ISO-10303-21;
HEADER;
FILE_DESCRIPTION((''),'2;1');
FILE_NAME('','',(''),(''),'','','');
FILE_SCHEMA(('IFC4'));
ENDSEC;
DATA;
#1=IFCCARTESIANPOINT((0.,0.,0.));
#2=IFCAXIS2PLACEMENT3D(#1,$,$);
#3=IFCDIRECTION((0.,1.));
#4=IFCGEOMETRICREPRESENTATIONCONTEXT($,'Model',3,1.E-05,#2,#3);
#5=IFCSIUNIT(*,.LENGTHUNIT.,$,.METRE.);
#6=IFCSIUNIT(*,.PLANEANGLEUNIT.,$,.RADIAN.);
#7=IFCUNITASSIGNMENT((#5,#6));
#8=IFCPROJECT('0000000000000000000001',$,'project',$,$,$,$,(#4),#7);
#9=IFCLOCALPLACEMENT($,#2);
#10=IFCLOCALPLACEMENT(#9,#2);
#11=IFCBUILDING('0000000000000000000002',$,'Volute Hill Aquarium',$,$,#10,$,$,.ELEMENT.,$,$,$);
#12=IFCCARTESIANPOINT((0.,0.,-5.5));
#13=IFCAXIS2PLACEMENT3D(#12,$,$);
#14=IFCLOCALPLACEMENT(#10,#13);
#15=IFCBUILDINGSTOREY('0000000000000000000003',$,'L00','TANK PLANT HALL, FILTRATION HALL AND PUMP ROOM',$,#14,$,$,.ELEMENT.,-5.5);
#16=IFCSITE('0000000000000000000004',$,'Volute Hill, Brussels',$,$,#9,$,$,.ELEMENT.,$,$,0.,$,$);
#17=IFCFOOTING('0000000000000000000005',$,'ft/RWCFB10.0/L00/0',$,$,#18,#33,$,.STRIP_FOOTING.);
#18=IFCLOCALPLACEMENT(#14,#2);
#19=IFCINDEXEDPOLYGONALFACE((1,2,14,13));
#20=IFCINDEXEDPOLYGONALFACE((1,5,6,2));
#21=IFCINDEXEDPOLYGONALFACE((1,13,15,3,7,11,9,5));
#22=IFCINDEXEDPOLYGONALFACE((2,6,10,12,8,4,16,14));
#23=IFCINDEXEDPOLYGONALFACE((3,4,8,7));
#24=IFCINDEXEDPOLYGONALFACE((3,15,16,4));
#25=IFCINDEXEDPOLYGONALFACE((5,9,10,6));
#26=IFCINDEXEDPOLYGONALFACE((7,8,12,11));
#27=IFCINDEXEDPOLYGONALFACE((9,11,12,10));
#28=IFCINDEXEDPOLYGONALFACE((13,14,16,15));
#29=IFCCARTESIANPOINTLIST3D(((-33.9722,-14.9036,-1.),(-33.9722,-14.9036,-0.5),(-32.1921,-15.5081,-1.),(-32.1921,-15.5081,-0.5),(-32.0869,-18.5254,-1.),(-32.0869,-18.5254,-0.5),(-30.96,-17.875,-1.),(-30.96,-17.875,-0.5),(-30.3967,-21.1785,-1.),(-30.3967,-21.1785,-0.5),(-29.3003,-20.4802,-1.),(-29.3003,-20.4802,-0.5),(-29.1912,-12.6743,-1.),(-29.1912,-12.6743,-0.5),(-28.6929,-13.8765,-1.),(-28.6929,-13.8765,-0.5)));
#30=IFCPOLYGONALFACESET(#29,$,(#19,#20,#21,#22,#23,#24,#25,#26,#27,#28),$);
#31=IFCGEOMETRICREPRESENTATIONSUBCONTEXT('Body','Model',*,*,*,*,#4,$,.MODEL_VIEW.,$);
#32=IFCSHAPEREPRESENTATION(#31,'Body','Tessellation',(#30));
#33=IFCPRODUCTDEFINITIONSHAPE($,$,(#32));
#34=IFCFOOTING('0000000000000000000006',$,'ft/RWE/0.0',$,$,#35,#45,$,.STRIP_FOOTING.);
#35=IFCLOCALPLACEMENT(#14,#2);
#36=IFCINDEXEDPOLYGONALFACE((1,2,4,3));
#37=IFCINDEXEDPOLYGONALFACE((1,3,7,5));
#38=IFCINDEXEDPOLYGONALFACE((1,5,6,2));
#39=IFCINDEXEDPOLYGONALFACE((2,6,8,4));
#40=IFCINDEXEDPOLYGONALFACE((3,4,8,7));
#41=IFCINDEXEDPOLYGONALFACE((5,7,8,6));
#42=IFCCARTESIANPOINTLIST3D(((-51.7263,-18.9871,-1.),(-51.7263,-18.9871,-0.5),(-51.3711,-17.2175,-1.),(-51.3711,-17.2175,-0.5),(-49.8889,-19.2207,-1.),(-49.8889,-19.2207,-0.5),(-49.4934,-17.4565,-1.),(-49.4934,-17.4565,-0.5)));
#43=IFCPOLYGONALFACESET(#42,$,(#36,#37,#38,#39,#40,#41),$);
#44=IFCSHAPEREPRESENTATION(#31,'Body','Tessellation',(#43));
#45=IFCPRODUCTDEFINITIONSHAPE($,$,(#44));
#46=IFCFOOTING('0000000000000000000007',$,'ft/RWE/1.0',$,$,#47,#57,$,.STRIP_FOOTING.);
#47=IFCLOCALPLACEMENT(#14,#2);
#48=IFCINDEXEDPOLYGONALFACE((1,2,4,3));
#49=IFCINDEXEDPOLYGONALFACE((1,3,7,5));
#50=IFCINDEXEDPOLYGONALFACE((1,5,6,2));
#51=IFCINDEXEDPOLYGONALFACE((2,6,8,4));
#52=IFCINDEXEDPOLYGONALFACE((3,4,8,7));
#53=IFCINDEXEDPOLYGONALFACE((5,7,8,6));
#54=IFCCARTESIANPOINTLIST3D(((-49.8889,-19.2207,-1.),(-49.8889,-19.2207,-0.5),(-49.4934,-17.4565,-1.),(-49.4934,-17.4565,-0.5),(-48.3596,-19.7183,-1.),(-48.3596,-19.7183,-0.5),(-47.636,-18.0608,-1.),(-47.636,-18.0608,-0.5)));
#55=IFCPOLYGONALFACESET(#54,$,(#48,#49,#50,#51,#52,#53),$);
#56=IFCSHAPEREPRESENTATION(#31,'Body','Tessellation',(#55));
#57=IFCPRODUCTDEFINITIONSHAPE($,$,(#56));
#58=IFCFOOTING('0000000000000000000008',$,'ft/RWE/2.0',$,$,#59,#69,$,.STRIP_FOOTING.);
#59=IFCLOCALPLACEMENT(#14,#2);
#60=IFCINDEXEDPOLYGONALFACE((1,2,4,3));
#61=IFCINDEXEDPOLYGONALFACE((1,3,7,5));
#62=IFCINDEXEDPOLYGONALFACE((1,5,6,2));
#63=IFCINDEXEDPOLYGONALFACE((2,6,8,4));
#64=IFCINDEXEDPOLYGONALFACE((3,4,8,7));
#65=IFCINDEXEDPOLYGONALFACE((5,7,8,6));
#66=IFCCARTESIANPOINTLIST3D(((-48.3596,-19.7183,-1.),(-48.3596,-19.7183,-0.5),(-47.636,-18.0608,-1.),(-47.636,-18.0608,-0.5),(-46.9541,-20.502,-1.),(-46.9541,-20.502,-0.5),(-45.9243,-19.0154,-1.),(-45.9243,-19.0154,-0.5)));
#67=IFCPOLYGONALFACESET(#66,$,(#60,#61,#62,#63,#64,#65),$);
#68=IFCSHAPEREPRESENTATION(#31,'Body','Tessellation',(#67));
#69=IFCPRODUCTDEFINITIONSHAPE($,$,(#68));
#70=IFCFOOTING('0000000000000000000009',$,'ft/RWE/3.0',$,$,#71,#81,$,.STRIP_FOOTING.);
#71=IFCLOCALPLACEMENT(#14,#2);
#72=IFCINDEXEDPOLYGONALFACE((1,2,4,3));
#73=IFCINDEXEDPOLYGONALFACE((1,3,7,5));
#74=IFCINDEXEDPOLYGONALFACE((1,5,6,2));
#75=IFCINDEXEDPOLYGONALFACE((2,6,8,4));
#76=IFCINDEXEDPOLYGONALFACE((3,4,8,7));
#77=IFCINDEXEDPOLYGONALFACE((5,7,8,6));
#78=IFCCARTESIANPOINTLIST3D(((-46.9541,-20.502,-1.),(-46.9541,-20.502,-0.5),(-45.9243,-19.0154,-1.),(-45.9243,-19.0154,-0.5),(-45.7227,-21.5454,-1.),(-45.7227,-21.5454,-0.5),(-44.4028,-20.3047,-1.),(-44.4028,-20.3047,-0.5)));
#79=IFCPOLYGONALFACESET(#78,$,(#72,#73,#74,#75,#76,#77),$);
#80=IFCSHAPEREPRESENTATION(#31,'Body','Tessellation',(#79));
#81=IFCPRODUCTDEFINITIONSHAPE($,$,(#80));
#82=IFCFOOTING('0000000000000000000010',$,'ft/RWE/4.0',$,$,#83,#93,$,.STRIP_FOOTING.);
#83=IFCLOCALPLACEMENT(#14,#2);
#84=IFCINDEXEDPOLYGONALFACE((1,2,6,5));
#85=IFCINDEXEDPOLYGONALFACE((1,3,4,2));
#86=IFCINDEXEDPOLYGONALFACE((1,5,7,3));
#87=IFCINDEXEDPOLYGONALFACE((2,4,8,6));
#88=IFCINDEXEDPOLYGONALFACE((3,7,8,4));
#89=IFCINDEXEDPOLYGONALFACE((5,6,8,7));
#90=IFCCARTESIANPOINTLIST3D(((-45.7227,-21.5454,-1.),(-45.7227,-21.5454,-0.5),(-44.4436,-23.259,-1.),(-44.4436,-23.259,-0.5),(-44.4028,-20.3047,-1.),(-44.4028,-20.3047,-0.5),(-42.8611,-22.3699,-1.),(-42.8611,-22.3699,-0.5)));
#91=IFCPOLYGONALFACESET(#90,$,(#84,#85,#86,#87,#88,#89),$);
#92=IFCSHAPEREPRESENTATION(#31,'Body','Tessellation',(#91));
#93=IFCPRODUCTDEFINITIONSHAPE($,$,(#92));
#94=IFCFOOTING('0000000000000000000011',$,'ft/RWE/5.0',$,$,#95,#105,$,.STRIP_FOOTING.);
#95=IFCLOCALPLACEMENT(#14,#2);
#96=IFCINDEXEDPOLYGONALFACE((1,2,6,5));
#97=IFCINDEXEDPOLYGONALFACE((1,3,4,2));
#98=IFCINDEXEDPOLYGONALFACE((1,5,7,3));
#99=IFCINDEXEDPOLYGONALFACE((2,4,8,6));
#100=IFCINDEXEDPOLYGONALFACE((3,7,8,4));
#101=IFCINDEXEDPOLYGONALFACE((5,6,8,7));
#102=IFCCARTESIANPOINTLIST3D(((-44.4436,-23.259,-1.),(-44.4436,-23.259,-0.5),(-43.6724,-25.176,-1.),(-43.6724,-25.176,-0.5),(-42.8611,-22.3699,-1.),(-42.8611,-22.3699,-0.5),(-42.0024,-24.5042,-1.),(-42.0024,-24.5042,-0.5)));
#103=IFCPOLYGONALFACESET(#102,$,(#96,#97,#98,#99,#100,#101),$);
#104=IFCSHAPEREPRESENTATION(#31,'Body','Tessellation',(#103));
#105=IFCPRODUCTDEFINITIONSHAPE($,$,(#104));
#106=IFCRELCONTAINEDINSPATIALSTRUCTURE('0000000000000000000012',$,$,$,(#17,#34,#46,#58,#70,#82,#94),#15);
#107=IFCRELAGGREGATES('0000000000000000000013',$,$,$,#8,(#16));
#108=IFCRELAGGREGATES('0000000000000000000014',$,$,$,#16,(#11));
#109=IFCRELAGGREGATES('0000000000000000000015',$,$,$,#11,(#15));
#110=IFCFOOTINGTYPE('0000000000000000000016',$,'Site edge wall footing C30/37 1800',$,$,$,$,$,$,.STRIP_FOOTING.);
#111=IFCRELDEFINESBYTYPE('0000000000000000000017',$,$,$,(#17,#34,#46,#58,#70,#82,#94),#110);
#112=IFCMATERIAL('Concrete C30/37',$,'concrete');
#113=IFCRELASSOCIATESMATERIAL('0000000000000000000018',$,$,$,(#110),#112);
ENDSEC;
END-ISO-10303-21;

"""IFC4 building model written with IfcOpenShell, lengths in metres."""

from ifc_helpers import new_model, si_unit, direction, frame, origin, place, context, subcontext, project, spatial, polyline, outline, extrude, material, type_object, element, save


model = new_model("IFC4")

# Units and contexts
model_context = context("Model", 3, precision=1e-05, world=origin(), true_north=direction((0.0, 1.0)))
body_context = subcontext(model_context, "Body", "Model", "MODEL_VIEW")
ifc_project = project(units=[si_unit("LENGTHUNIT", "METRE"), si_unit("PLANEANGLEUNIT", "RADIAN")], contexts=[model_context])

# Site, building, storey
site_placement = place(None, origin())
site = spatial("IfcSite", under=ifc_project, at=site_placement, Name="Volute Hill, Brussels", CompositionType="ELEMENT", RefElevation=0.0)
building_placement = place(site_placement, origin())
building = spatial("IfcBuilding", under=site, at=building_placement, Name="Volute Hill Aquarium", CompositionType="ELEMENT")
storey_placement = place(building_placement, frame((0.0, 0.0, -5.5)))
storey = spatial("IfcBuildingStorey", under=building, at=storey_placement, Name="L00", Description="TANK PLANT HALL, FILTRATION HALL AND PUMP ROOM", CompositionType="ELEMENT", Elevation=-5.5)

# Footings
ifc_material_1 = material(Name="Concrete C30/37", Category="concrete")
footing_type_1 = type_object("IfcFootingType", Name="Site edge wall footing C30/37 1800", PredefinedType="STRIP_FOOTING", material=ifc_material_1)
footing_1_placement = place(storey_placement, frame((0.0, 0.0, -1.0)))
element("IfcFooting", 1, at=footing_1_placement, inside=storey, type_object=footing_type_1, Name="ft/RWCFB10.0/L00/0", PredefinedType="STRIP_FOOTING", context=body_context, shape_type="SweptSolid", body=[
    extrude(outline(polyline([(-29.1912, -12.6743), (-33.9722, -14.9036), (-32.0869, -18.5254), (-30.3967, -21.1785), (-29.3003, -20.4802), (-30.96, -17.875), (-32.1921, -15.5081), (-28.6929, -13.8765), (-29.1912, -12.6743)])), origin(), (0.0, 0.0, 1.0), 0.5),
])
footing_2_placement = place(storey_placement, frame((0.0, 0.0, -1.0)))
element("IfcFooting", 2, at=footing_2_placement, inside=storey, type_object=footing_type_1, Name="ft/RWE/0.0", PredefinedType="STRIP_FOOTING", context=body_context, shape_type="SweptSolid", body=[
    extrude(outline(polyline([(-51.7263, -18.9871), (-49.8889, -19.2207), (-49.4934, -17.4565), (-51.3711, -17.2175), (-51.3711, -17.2175), (-51.7263, -18.9871), (-51.7263, -18.9871)])), origin(), (0.0, 0.0, 1.0), 0.5),
])
footing_3_placement = place(storey_placement, frame((0.0, 0.0, -1.0)))
element("IfcFooting", 3, at=footing_3_placement, inside=storey, type_object=footing_type_1, Name="ft/RWE/1.0", PredefinedType="STRIP_FOOTING", context=body_context, shape_type="SweptSolid", body=[
    extrude(outline(polyline([(-49.8889, -19.2207), (-48.3596, -19.7183), (-47.636, -18.0608), (-49.4934, -17.4565), (-49.4934, -17.4565), (-49.8889, -19.2207), (-49.8889, -19.2207)])), origin(), (0.0, 0.0, 1.0), 0.5),
])
footing_4_placement = place(storey_placement, frame((0.0, 0.0, -1.0)))
element("IfcFooting", 4, at=footing_4_placement, inside=storey, type_object=footing_type_1, Name="ft/RWE/2.0", PredefinedType="STRIP_FOOTING", context=body_context, shape_type="SweptSolid", body=[
    extrude(outline(polyline([(-46.9541, -20.502), (-46.9541, -20.502), (-45.9243, -19.0154), (-45.9243, -19.0154), (-47.636, -18.0608), (-47.636, -18.0608), (-48.3596, -19.7183), (-46.9541, -20.502)])), origin(), (0.0, 0.0, 1.0), 0.5),
])
footing_5_placement = place(storey_placement, frame((0.0, 0.0, -1.0)))
element("IfcFooting", 5, at=footing_5_placement, inside=storey, type_object=footing_type_1, Name="ft/RWE/3.0", PredefinedType="STRIP_FOOTING", context=body_context, shape_type="SweptSolid", body=[
    extrude(outline(polyline([(-46.9541, -20.502), (-45.7227, -21.5454), (-44.4028, -20.3047), (-44.4028, -20.3047), (-45.9243, -19.0154), (-46.9541, -20.502)])), origin(), (0.0, 0.0, 1.0), 0.5),
])
footing_6_placement = place(storey_placement, frame((0.0, 0.0, -1.0)))
element("IfcFooting", 6, at=footing_6_placement, inside=storey, type_object=footing_type_1, Name="ft/RWE/4.0", PredefinedType="STRIP_FOOTING", context=body_context, shape_type="SweptSolid", body=[
    extrude(outline(polyline([(-44.4436, -23.259), (-44.4436, -23.259), (-42.8611, -22.3699), (-44.4028, -20.3047), (-45.7227, -21.5454), (-45.7227, -21.5454), (-44.4436, -23.259)])), origin(), (0.0, 0.0, 1.0), 0.5),
])
footing_7_placement = place(storey_placement, frame((0.0, 0.0, -1.0)))
element("IfcFooting", 7, at=footing_7_placement, inside=storey, type_object=footing_type_1, Name="ft/RWE/5.0", PredefinedType="STRIP_FOOTING", context=body_context, shape_type="SweptSolid", body=[
    extrude(outline(polyline([(-44.4436, -23.259), (-43.6724, -25.176), (-42.0024, -24.5042), (-42.8611, -22.3699), (-44.4436, -23.259)])), origin(), (0.0, 0.0, 1.0), 0.5),
])

save(model, "model.ifc")
